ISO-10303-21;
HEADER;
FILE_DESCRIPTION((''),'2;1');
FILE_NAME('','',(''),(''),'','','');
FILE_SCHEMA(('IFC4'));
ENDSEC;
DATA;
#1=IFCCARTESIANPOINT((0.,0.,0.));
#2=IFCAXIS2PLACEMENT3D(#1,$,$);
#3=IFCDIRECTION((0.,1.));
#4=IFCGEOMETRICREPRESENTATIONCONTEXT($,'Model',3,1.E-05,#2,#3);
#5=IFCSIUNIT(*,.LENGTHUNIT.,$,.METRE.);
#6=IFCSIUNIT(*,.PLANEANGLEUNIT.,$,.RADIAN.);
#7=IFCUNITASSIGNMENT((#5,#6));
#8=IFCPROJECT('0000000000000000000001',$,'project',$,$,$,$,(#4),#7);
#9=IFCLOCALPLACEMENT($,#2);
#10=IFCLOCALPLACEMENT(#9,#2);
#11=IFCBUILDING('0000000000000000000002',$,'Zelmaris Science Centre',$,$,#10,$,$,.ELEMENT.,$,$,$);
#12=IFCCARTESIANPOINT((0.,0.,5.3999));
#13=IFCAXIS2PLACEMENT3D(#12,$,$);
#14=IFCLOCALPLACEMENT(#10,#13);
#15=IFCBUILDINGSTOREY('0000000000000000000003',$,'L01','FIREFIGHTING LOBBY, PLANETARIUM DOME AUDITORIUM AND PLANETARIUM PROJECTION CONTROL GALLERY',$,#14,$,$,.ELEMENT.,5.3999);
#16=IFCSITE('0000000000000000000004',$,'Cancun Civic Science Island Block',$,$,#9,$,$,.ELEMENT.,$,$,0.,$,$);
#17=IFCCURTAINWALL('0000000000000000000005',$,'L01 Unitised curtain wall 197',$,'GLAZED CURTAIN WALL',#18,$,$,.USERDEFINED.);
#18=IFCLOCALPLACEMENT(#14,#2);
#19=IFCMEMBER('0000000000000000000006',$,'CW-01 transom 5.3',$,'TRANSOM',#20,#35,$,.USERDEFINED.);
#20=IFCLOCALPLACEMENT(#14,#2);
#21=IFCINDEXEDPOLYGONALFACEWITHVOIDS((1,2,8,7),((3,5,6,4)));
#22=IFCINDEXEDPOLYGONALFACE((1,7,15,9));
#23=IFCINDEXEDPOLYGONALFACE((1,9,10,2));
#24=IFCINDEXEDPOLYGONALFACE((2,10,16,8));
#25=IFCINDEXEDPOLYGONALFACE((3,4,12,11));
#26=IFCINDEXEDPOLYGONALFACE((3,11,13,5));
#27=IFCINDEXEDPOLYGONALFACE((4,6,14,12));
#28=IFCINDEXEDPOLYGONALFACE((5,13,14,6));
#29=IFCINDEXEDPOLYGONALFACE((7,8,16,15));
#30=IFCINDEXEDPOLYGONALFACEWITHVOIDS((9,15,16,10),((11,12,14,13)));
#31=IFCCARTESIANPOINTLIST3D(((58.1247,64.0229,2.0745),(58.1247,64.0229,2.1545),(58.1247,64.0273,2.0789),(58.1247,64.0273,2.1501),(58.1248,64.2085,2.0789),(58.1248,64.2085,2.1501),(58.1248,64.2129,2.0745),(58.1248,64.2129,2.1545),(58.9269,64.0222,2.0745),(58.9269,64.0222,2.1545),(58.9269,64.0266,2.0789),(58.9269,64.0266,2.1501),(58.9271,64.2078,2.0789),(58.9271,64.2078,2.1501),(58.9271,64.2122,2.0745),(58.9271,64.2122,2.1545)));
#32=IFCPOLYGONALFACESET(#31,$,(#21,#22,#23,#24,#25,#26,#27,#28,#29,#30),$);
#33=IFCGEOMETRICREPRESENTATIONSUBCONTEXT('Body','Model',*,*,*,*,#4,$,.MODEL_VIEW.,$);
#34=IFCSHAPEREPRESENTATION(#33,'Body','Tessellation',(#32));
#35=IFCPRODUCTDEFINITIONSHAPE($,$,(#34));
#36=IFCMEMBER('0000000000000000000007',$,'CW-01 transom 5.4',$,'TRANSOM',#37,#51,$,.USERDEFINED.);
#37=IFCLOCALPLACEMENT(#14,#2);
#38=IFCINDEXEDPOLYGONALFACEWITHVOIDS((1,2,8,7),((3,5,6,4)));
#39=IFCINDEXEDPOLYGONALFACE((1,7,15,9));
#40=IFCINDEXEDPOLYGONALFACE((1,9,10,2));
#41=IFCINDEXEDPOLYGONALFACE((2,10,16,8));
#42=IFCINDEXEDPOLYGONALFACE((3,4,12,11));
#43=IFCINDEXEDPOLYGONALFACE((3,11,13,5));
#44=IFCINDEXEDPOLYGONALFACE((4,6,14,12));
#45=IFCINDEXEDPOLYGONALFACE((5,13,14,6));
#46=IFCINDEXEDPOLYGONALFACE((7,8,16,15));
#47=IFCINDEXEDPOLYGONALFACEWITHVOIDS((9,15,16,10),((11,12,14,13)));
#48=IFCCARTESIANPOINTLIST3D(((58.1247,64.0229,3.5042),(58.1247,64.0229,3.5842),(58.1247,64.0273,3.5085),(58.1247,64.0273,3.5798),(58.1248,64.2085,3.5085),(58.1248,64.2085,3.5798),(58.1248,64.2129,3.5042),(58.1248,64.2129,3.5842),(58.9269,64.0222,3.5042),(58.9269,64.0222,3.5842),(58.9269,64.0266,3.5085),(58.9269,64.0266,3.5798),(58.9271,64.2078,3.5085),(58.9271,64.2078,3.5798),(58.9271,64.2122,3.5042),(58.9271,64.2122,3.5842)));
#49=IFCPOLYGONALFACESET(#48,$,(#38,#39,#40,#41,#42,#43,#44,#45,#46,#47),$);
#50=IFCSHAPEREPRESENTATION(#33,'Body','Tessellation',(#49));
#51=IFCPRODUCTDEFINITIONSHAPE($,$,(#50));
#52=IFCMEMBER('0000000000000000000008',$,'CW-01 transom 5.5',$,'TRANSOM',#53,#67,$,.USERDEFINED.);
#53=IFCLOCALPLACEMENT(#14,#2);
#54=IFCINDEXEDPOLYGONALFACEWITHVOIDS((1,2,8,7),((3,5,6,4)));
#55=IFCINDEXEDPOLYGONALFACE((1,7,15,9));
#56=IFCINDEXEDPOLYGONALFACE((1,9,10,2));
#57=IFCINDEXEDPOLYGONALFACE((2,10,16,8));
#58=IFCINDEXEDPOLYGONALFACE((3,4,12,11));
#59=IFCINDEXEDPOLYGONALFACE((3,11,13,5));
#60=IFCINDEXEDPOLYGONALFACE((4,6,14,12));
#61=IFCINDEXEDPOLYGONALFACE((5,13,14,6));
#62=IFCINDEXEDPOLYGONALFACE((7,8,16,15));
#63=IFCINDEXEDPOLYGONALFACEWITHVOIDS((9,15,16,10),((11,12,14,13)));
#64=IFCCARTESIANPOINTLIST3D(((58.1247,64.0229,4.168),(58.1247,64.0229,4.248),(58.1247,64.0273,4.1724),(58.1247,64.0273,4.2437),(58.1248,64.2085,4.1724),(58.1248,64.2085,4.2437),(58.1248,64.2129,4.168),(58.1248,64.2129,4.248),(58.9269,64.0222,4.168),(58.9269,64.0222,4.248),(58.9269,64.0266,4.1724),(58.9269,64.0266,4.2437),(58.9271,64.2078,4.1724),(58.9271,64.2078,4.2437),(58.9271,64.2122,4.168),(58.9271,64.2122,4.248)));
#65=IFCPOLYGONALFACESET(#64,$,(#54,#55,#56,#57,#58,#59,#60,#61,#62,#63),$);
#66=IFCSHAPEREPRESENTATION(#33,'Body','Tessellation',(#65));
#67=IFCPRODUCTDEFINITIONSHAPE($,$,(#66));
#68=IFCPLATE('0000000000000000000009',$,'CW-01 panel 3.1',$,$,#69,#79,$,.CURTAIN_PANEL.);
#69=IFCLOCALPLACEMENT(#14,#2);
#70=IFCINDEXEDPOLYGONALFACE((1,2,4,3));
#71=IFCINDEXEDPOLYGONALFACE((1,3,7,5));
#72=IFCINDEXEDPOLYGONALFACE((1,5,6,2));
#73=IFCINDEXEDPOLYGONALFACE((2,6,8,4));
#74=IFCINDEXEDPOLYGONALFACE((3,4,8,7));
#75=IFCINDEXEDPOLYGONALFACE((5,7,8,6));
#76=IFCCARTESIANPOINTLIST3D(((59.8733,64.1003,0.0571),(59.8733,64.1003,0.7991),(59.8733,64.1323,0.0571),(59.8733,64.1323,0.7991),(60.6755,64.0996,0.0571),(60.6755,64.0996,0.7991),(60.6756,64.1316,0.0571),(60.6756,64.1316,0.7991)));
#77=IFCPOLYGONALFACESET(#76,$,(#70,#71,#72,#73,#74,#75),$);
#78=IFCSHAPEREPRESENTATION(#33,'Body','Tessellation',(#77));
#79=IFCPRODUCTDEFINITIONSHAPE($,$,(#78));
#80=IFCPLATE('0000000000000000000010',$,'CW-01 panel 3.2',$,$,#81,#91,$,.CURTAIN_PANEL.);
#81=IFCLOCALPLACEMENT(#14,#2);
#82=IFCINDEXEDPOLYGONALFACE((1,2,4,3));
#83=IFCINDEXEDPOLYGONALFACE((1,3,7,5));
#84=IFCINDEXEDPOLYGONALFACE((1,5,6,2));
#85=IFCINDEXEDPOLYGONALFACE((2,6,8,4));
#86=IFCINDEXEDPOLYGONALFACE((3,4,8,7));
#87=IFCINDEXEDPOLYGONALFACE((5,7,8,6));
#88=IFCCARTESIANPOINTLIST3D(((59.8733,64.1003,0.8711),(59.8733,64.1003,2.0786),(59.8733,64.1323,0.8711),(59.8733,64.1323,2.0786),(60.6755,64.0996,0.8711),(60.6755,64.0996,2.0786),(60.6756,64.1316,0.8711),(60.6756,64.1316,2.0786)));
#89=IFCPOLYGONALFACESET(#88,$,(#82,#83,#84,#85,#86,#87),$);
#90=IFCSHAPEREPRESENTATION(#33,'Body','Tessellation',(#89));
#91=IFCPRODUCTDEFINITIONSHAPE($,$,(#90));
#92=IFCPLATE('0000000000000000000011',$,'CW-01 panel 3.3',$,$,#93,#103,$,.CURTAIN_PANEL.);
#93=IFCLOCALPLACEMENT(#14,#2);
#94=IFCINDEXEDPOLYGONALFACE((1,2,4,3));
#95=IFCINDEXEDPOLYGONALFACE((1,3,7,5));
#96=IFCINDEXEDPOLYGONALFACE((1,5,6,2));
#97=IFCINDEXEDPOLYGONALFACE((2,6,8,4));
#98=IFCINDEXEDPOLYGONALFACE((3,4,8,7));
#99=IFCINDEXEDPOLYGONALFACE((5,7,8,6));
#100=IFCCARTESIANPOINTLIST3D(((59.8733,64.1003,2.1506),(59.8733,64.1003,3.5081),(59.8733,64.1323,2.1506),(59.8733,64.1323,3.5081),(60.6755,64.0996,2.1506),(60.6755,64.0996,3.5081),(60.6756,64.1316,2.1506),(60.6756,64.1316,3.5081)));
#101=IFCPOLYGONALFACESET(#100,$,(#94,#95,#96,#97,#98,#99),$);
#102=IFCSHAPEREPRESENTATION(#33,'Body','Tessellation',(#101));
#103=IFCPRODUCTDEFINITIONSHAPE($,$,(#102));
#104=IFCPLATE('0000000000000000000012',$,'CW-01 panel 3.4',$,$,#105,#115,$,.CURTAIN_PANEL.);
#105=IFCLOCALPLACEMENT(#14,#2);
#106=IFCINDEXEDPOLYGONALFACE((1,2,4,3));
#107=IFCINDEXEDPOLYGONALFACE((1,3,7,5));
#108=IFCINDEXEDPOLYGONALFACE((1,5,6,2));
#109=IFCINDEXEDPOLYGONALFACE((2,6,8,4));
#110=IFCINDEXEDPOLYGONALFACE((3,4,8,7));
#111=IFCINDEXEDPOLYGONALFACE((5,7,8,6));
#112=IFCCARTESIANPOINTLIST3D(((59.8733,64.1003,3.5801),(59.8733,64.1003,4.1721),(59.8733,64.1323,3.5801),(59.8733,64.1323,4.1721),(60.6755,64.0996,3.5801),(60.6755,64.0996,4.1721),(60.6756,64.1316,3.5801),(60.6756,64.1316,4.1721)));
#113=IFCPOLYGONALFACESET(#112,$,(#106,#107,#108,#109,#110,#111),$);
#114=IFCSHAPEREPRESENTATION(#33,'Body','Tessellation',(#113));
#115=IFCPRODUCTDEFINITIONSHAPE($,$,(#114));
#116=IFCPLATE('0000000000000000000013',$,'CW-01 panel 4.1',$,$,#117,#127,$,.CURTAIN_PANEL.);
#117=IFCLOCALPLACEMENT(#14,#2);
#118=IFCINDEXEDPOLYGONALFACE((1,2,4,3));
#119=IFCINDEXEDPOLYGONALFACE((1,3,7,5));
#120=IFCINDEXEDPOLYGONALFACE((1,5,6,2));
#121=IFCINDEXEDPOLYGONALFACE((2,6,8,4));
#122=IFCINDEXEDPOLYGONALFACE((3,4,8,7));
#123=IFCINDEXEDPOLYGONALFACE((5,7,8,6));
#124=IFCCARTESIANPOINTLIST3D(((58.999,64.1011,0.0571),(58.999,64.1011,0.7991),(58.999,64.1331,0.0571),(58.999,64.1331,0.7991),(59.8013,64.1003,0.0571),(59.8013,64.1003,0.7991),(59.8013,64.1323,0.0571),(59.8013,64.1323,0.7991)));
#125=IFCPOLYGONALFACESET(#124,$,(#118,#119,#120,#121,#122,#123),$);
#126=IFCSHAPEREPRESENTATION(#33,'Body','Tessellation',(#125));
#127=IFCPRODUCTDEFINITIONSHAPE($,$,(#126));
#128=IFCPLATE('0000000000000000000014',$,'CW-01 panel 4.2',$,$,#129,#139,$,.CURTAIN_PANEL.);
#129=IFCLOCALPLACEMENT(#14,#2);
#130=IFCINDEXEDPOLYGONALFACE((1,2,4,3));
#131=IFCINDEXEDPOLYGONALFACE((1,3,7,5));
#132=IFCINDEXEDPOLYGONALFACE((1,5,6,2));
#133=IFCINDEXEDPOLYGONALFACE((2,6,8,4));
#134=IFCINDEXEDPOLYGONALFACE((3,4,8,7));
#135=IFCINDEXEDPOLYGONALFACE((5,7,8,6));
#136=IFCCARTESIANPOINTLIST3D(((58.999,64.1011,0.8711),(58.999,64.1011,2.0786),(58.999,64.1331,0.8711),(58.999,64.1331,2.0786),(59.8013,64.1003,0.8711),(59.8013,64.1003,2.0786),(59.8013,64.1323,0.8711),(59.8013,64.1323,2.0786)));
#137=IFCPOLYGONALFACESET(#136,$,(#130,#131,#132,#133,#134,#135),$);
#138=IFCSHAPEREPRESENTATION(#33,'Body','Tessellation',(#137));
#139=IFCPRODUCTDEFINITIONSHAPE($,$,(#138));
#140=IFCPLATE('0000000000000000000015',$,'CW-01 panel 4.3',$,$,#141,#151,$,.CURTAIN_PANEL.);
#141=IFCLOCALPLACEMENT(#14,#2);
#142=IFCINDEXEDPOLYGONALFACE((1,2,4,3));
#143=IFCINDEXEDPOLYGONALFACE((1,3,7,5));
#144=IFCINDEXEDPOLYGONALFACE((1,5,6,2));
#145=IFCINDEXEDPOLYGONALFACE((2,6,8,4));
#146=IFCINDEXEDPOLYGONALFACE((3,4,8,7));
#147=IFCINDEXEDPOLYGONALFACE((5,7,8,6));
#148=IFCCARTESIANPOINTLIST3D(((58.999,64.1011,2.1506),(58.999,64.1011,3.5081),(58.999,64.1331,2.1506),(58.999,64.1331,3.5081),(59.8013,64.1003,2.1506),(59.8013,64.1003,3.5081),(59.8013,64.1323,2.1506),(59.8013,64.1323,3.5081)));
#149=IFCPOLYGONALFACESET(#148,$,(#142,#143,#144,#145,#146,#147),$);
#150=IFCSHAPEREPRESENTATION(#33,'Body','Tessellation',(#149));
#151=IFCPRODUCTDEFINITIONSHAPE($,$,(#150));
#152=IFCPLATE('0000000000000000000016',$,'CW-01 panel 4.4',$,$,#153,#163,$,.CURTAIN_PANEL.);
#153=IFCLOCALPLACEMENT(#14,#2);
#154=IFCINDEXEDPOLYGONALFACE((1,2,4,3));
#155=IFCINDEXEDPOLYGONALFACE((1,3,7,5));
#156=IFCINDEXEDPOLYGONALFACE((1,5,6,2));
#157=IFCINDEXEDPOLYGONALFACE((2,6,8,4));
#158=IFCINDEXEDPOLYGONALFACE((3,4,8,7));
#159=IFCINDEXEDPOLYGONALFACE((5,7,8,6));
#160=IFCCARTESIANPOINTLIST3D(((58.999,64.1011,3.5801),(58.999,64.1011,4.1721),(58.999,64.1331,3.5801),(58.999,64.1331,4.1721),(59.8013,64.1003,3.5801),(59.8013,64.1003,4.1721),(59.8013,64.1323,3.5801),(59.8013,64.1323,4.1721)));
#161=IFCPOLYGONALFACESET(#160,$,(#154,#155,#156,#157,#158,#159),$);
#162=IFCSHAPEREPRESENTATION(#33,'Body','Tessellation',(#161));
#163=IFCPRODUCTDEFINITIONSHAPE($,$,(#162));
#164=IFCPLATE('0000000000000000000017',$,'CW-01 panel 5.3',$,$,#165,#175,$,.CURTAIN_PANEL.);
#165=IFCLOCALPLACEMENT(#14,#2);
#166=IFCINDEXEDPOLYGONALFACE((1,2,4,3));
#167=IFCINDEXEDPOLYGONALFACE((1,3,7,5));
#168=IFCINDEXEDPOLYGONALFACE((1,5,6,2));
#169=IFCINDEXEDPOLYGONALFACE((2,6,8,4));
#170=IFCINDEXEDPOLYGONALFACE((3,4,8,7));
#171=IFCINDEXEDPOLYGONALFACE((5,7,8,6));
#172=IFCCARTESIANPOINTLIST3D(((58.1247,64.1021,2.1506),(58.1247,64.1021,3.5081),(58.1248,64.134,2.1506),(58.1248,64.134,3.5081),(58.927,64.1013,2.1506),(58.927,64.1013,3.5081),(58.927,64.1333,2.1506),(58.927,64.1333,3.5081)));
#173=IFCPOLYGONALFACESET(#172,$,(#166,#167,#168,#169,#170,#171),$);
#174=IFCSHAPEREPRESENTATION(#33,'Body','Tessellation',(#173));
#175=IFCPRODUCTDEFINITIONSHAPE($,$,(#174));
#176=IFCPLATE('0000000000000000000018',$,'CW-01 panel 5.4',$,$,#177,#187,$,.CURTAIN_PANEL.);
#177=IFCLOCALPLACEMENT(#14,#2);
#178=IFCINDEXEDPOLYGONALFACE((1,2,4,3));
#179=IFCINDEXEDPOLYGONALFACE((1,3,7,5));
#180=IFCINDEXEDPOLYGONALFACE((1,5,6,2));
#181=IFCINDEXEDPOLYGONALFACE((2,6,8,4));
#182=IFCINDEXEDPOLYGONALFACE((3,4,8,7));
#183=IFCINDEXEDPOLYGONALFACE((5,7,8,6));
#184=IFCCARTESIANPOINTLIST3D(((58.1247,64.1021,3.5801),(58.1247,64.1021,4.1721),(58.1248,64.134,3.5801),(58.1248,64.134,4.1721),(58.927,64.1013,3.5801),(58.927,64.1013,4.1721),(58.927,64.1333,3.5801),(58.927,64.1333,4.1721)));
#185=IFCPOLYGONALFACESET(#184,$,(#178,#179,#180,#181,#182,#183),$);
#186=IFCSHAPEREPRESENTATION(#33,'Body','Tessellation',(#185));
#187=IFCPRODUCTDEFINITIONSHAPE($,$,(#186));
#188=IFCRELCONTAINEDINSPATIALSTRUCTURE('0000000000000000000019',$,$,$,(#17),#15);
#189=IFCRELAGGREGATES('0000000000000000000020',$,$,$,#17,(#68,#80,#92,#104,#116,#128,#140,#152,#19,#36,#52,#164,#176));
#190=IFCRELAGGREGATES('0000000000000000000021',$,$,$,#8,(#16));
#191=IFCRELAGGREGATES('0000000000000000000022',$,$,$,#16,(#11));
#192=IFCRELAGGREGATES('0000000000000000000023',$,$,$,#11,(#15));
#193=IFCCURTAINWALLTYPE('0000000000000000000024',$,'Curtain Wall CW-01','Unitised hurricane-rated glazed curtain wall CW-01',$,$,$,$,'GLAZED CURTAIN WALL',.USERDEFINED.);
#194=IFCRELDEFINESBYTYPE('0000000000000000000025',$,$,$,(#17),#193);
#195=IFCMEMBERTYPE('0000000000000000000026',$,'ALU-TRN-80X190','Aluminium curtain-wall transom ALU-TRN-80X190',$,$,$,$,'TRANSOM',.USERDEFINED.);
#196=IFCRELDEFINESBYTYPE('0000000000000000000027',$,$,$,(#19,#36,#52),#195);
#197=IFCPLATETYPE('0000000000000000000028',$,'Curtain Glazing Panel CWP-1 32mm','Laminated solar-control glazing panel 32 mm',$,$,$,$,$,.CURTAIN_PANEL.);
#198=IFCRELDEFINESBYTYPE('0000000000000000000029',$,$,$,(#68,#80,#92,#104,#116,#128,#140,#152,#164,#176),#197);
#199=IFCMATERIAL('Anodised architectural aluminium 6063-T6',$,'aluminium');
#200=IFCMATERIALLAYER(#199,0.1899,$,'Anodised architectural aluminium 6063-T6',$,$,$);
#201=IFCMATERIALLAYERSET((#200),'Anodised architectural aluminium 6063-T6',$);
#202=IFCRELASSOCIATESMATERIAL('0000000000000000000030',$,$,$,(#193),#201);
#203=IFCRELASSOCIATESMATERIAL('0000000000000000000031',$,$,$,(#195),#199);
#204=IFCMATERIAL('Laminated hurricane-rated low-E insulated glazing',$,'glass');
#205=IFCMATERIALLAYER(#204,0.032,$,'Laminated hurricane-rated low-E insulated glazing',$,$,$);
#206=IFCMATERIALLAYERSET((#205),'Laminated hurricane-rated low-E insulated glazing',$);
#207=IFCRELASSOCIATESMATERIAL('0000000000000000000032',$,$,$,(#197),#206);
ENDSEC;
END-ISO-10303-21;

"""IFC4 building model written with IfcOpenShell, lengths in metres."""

from ifc_helpers import new_model, si_unit, direction, frame, origin, origin_2d, place, context, subcontext, project, spatial, rectangle, hollow_rectangle, extrude, material, layer, layer_set, material_profile, profile_set, type_object, element, aggregate, save


model = new_model("IFC4")

# Units and contexts
model_context = context("Model", 3, precision=1e-05, world=origin(), true_north=direction((0.0, 1.0)))
body_context = subcontext(model_context, "Body", "Model", "MODEL_VIEW")
ifc_project = project(units=[si_unit("LENGTHUNIT", "METRE"), si_unit("PLANEANGLEUNIT", "RADIAN")], contexts=[model_context])

# Site, building, storey
site_placement = place(None, origin())
site = spatial("IfcSite", under=ifc_project, at=site_placement, Name="Cancun Civic Science Island Block", CompositionType="ELEMENT", RefElevation=0.0)
building_placement = place(site_placement, origin())
building = spatial("IfcBuilding", under=site, at=building_placement, Name="Zelmaris Science Centre", CompositionType="ELEMENT")
storey_placement = place(building_placement, frame((0.0, 0.0, 5.3999)))
storey = spatial("IfcBuildingStorey", under=building, at=storey_placement, Name="L01", Description="FIREFIGHTING LOBBY, PLANETARIUM DOME AUDITORIUM AND PLANETARIUM PROJECTION CONTROL GALLERY", CompositionType="ELEMENT", Elevation=5.3999)

# Curtain wall, members, plates
ifc_material_1 = material(Name="Anodised architectural aluminium 6063-T6", Category="aluminium")
ifc_layer_1 = layer(ifc_material_1, 0.1899, Name="Anodised architectural aluminium 6063-T6")
ifc_layer_set_1 = layer_set([ifc_layer_1], Name="Anodised architectural aluminium 6063-T6")
curtain_wall_type = type_object("IfcCurtainWallType", Name="Curtain Wall CW-01", Description="Unitised hurricane-rated glazed curtain wall CW-01", ElementType="GLAZED CURTAIN WALL", PredefinedType="USERDEFINED", material=ifc_layer_set_1)
curtain_wall_placement = place(storey_placement, origin())
curtain_wall = element("IfcCurtainWall", 1, at=curtain_wall_placement, inside=storey, type_object=curtain_wall_type, Name="L01 Unitised curtain wall 197", ObjectType="GLAZED CURTAIN WALL", PredefinedType="USERDEFINED")
ifc_material_profile_1 = material_profile(ifc_material_1, hollow_rectangle(XDim=0.0801, YDim=0.1899, WallThickness=0.0044, at=origin_2d()), Name="ALU-TRN-80X190")
ifc_profile_set_1 = profile_set([ifc_material_profile_1], Name="Anodised architectural aluminium 6063-T6")
member_type_1 = type_object("IfcMemberType", Name="ALU-TRN-80X190", Description="Aluminium curtain-wall transom ALU-TRN-80X190", ElementType="TRANSOM", PredefinedType="USERDEFINED", material=ifc_profile_set_1)
member_1_placement = place(storey_placement, frame((58.927, 64.1172, 2.1145), z_axis=(-1.0, 0.000913, 0.0), x_axis=(0.0, 0.0, 1.0)))
member_1 = element("IfcMember", 2, at=member_1_placement, type_object=member_type_1, Name="CW-01 transom 5.3", ObjectType="TRANSOM", PredefinedType="USERDEFINED", context=body_context, shape_type="SweptSolid", body=[
    extrude(hollow_rectangle(XDim=0.0801, YDim=0.1899, WallThickness=0.0044, at=origin_2d()), origin(), (0.0, 0.0, 1.0), 0.8022),
])
member_2_placement = place(storey_placement, frame((58.927, 64.1172, 3.5442), z_axis=(-1.0, 0.000913, 0.0), x_axis=(0.0, 0.0, 1.0)))
member_2 = element("IfcMember", 3, at=member_2_placement, type_object=member_type_1, Name="CW-01 transom 5.4", ObjectType="TRANSOM", PredefinedType="USERDEFINED", context=body_context, shape_type="SweptSolid", body=[
    extrude(hollow_rectangle(XDim=0.0801, YDim=0.1899, WallThickness=0.0044, at=origin_2d()), origin(), (0.0, 0.0, 1.0), 0.8022),
])
member_3_placement = place(storey_placement, frame((58.927, 64.1172, 4.208), z_axis=(-1.0, 0.000913, 0.0), x_axis=(0.0, 0.0, 1.0)))
member_3 = element("IfcMember", 4, at=member_3_placement, type_object=member_type_1, Name="CW-01 transom 5.5", ObjectType="TRANSOM", PredefinedType="USERDEFINED", context=body_context, shape_type="SweptSolid", body=[
    extrude(hollow_rectangle(XDim=0.0801, YDim=0.1899, WallThickness=0.0044, at=origin_2d()), origin(), (0.0, 0.0, 1.0), 0.8022),
])
ifc_material_2 = material(Name="Laminated hurricane-rated low-E insulated glazing", Category="glass")
ifc_layer_2 = layer(ifc_material_2, 0.032, Name="Laminated hurricane-rated low-E insulated glazing")
ifc_layer_set_2 = layer_set([ifc_layer_2], Name="Laminated hurricane-rated low-E insulated glazing")
plate_type = type_object("IfcPlateType", Name="Curtain Glazing Panel CWP-1 32mm", Description="Laminated solar-control glazing panel 32 mm", PredefinedType="CURTAIN_PANEL", material=ifc_layer_set_2)
plate_1_placement = place(storey_placement, frame((60.2744, 64.116, 0.0571), z_axis=(0.0, 0.0, 1.0), x_axis=(-1.0, 0.000931, 0.0)))
plate_1 = element("IfcPlate", 5, at=plate_1_placement, type_object=plate_type, Name="CW-01 panel 3.1", PredefinedType="CURTAIN_PANEL", context=body_context, shape_type="SweptSolid", body=[
    extrude(rectangle(XDim=0.8022, YDim=0.032, at=origin_2d()), origin(), (0.0, 0.0, 1.0), 0.7419),
])
plate_2_placement = place(storey_placement, frame((60.2744, 64.116, 0.8711), z_axis=(0.0, 0.0, 1.0), x_axis=(-1.0, 0.000931, 0.0)))
plate_2 = element("IfcPlate", 6, at=plate_2_placement, type_object=plate_type, Name="CW-01 panel 3.2", PredefinedType="CURTAIN_PANEL", context=body_context, shape_type="SweptSolid", body=[
    extrude(rectangle(XDim=0.8022, YDim=0.032, at=origin_2d()), origin(), (0.0, 0.0, 1.0), 1.2075),
])
plate_3_placement = place(storey_placement, frame((60.2744, 64.116, 2.1506), z_axis=(0.0, 0.0, 1.0), x_axis=(-1.0, 0.000931, 0.0)))
plate_3 = element("IfcPlate", 7, at=plate_3_placement, type_object=plate_type, Name="CW-01 panel 3.3", PredefinedType="CURTAIN_PANEL", context=body_context, shape_type="SweptSolid", body=[
    extrude(rectangle(XDim=0.8022, YDim=0.032, at=origin_2d()), origin(), (0.0, 0.0, 1.0), 1.3574),
])
plate_4_placement = place(storey_placement, frame((60.2744, 64.116, 3.5801), z_axis=(0.0, 0.0, 1.0), x_axis=(-1.0, 0.000931, 0.0)))
plate_4 = element("IfcPlate", 8, at=plate_4_placement, type_object=plate_type, Name="CW-01 panel 3.4", PredefinedType="CURTAIN_PANEL", context=body_context, shape_type="SweptSolid", body=[
    extrude(rectangle(XDim=0.8022, YDim=0.032, at=origin_2d()), origin(), (0.0, 0.0, 1.0), 0.592),
])
plate_5_placement = place(storey_placement, frame((59.4001, 64.1167, 0.0571), z_axis=(0.0, 0.0, 1.0), x_axis=(-1.0, 0.000931, 0.0)))
plate_5 = element("IfcPlate", 9, at=plate_5_placement, type_object=plate_type, Name="CW-01 panel 4.1", PredefinedType="CURTAIN_PANEL", context=body_context, shape_type="SweptSolid", body=[
    extrude(rectangle(XDim=0.8022, YDim=0.032, at=origin_2d()), origin(), (0.0, 0.0, 1.0), 0.7419),
])
plate_6_placement = place(storey_placement, frame((59.4001, 64.1167, 0.8711), z_axis=(0.0, 0.0, 1.0), x_axis=(-1.0, 0.000931, 0.0)))
plate_6 = element("IfcPlate", 10, at=plate_6_placement, type_object=plate_type, Name="CW-01 panel 4.2", PredefinedType="CURTAIN_PANEL", context=body_context, shape_type="SweptSolid", body=[
    extrude(rectangle(XDim=0.8022, YDim=0.032, at=origin_2d()), origin(), (0.0, 0.0, 1.0), 1.2075),
])
plate_7_placement = place(storey_placement, frame((59.4001, 64.1167, 2.1506), z_axis=(0.0, 0.0, 1.0), x_axis=(-1.0, 0.000931, 0.0)))
plate_7 = element("IfcPlate", 11, at=plate_7_placement, type_object=plate_type, Name="CW-01 panel 4.3", PredefinedType="CURTAIN_PANEL", context=body_context, shape_type="SweptSolid", body=[
    extrude(rectangle(XDim=0.8022, YDim=0.032, at=origin_2d()), origin(), (0.0, 0.0, 1.0), 1.3574),
])
plate_8_placement = place(storey_placement, frame((59.4001, 64.1167, 3.5801), z_axis=(0.0, 0.0, 1.0), x_axis=(-1.0, 0.000931, 0.0)))
plate_8 = element("IfcPlate", 12, at=plate_8_placement, type_object=plate_type, Name="CW-01 panel 4.4", PredefinedType="CURTAIN_PANEL", context=body_context, shape_type="SweptSolid", body=[
    extrude(rectangle(XDim=0.8022, YDim=0.032, at=origin_2d()), origin(), (0.0, 0.0, 1.0), 0.592),
])
plate_9_placement = place(storey_placement, frame((58.5259, 64.1177, 2.1506), z_axis=(0.0, 0.0, 1.0), x_axis=(-1.0, 0.000931, 0.0)))
plate_9 = element("IfcPlate", 13, at=plate_9_placement, type_object=plate_type, Name="CW-01 panel 5.3", PredefinedType="CURTAIN_PANEL", context=body_context, shape_type="SweptSolid", body=[
    extrude(rectangle(XDim=0.8022, YDim=0.032, at=origin_2d()), origin(), (0.0, 0.0, 1.0), 1.3574),
])
plate_10_placement = place(storey_placement, frame((58.5259, 64.1177, 3.5801), z_axis=(0.0, 0.0, 1.0), x_axis=(-1.0, 0.000931, 0.0)))
plate_10 = element("IfcPlate", 14, at=plate_10_placement, type_object=plate_type, Name="CW-01 panel 5.4", PredefinedType="CURTAIN_PANEL", context=body_context, shape_type="SweptSolid", body=[
    extrude(rectangle(XDim=0.8022, YDim=0.032, at=origin_2d()), origin(), (0.0, 0.0, 1.0), 0.592),
])
aggregate(curtain_wall, [plate_1, plate_2, plate_3, plate_4, plate_5, plate_6, plate_7, plate_8, member_1, member_2, member_3, plate_9, plate_10])

save(model, "model.ifc")
